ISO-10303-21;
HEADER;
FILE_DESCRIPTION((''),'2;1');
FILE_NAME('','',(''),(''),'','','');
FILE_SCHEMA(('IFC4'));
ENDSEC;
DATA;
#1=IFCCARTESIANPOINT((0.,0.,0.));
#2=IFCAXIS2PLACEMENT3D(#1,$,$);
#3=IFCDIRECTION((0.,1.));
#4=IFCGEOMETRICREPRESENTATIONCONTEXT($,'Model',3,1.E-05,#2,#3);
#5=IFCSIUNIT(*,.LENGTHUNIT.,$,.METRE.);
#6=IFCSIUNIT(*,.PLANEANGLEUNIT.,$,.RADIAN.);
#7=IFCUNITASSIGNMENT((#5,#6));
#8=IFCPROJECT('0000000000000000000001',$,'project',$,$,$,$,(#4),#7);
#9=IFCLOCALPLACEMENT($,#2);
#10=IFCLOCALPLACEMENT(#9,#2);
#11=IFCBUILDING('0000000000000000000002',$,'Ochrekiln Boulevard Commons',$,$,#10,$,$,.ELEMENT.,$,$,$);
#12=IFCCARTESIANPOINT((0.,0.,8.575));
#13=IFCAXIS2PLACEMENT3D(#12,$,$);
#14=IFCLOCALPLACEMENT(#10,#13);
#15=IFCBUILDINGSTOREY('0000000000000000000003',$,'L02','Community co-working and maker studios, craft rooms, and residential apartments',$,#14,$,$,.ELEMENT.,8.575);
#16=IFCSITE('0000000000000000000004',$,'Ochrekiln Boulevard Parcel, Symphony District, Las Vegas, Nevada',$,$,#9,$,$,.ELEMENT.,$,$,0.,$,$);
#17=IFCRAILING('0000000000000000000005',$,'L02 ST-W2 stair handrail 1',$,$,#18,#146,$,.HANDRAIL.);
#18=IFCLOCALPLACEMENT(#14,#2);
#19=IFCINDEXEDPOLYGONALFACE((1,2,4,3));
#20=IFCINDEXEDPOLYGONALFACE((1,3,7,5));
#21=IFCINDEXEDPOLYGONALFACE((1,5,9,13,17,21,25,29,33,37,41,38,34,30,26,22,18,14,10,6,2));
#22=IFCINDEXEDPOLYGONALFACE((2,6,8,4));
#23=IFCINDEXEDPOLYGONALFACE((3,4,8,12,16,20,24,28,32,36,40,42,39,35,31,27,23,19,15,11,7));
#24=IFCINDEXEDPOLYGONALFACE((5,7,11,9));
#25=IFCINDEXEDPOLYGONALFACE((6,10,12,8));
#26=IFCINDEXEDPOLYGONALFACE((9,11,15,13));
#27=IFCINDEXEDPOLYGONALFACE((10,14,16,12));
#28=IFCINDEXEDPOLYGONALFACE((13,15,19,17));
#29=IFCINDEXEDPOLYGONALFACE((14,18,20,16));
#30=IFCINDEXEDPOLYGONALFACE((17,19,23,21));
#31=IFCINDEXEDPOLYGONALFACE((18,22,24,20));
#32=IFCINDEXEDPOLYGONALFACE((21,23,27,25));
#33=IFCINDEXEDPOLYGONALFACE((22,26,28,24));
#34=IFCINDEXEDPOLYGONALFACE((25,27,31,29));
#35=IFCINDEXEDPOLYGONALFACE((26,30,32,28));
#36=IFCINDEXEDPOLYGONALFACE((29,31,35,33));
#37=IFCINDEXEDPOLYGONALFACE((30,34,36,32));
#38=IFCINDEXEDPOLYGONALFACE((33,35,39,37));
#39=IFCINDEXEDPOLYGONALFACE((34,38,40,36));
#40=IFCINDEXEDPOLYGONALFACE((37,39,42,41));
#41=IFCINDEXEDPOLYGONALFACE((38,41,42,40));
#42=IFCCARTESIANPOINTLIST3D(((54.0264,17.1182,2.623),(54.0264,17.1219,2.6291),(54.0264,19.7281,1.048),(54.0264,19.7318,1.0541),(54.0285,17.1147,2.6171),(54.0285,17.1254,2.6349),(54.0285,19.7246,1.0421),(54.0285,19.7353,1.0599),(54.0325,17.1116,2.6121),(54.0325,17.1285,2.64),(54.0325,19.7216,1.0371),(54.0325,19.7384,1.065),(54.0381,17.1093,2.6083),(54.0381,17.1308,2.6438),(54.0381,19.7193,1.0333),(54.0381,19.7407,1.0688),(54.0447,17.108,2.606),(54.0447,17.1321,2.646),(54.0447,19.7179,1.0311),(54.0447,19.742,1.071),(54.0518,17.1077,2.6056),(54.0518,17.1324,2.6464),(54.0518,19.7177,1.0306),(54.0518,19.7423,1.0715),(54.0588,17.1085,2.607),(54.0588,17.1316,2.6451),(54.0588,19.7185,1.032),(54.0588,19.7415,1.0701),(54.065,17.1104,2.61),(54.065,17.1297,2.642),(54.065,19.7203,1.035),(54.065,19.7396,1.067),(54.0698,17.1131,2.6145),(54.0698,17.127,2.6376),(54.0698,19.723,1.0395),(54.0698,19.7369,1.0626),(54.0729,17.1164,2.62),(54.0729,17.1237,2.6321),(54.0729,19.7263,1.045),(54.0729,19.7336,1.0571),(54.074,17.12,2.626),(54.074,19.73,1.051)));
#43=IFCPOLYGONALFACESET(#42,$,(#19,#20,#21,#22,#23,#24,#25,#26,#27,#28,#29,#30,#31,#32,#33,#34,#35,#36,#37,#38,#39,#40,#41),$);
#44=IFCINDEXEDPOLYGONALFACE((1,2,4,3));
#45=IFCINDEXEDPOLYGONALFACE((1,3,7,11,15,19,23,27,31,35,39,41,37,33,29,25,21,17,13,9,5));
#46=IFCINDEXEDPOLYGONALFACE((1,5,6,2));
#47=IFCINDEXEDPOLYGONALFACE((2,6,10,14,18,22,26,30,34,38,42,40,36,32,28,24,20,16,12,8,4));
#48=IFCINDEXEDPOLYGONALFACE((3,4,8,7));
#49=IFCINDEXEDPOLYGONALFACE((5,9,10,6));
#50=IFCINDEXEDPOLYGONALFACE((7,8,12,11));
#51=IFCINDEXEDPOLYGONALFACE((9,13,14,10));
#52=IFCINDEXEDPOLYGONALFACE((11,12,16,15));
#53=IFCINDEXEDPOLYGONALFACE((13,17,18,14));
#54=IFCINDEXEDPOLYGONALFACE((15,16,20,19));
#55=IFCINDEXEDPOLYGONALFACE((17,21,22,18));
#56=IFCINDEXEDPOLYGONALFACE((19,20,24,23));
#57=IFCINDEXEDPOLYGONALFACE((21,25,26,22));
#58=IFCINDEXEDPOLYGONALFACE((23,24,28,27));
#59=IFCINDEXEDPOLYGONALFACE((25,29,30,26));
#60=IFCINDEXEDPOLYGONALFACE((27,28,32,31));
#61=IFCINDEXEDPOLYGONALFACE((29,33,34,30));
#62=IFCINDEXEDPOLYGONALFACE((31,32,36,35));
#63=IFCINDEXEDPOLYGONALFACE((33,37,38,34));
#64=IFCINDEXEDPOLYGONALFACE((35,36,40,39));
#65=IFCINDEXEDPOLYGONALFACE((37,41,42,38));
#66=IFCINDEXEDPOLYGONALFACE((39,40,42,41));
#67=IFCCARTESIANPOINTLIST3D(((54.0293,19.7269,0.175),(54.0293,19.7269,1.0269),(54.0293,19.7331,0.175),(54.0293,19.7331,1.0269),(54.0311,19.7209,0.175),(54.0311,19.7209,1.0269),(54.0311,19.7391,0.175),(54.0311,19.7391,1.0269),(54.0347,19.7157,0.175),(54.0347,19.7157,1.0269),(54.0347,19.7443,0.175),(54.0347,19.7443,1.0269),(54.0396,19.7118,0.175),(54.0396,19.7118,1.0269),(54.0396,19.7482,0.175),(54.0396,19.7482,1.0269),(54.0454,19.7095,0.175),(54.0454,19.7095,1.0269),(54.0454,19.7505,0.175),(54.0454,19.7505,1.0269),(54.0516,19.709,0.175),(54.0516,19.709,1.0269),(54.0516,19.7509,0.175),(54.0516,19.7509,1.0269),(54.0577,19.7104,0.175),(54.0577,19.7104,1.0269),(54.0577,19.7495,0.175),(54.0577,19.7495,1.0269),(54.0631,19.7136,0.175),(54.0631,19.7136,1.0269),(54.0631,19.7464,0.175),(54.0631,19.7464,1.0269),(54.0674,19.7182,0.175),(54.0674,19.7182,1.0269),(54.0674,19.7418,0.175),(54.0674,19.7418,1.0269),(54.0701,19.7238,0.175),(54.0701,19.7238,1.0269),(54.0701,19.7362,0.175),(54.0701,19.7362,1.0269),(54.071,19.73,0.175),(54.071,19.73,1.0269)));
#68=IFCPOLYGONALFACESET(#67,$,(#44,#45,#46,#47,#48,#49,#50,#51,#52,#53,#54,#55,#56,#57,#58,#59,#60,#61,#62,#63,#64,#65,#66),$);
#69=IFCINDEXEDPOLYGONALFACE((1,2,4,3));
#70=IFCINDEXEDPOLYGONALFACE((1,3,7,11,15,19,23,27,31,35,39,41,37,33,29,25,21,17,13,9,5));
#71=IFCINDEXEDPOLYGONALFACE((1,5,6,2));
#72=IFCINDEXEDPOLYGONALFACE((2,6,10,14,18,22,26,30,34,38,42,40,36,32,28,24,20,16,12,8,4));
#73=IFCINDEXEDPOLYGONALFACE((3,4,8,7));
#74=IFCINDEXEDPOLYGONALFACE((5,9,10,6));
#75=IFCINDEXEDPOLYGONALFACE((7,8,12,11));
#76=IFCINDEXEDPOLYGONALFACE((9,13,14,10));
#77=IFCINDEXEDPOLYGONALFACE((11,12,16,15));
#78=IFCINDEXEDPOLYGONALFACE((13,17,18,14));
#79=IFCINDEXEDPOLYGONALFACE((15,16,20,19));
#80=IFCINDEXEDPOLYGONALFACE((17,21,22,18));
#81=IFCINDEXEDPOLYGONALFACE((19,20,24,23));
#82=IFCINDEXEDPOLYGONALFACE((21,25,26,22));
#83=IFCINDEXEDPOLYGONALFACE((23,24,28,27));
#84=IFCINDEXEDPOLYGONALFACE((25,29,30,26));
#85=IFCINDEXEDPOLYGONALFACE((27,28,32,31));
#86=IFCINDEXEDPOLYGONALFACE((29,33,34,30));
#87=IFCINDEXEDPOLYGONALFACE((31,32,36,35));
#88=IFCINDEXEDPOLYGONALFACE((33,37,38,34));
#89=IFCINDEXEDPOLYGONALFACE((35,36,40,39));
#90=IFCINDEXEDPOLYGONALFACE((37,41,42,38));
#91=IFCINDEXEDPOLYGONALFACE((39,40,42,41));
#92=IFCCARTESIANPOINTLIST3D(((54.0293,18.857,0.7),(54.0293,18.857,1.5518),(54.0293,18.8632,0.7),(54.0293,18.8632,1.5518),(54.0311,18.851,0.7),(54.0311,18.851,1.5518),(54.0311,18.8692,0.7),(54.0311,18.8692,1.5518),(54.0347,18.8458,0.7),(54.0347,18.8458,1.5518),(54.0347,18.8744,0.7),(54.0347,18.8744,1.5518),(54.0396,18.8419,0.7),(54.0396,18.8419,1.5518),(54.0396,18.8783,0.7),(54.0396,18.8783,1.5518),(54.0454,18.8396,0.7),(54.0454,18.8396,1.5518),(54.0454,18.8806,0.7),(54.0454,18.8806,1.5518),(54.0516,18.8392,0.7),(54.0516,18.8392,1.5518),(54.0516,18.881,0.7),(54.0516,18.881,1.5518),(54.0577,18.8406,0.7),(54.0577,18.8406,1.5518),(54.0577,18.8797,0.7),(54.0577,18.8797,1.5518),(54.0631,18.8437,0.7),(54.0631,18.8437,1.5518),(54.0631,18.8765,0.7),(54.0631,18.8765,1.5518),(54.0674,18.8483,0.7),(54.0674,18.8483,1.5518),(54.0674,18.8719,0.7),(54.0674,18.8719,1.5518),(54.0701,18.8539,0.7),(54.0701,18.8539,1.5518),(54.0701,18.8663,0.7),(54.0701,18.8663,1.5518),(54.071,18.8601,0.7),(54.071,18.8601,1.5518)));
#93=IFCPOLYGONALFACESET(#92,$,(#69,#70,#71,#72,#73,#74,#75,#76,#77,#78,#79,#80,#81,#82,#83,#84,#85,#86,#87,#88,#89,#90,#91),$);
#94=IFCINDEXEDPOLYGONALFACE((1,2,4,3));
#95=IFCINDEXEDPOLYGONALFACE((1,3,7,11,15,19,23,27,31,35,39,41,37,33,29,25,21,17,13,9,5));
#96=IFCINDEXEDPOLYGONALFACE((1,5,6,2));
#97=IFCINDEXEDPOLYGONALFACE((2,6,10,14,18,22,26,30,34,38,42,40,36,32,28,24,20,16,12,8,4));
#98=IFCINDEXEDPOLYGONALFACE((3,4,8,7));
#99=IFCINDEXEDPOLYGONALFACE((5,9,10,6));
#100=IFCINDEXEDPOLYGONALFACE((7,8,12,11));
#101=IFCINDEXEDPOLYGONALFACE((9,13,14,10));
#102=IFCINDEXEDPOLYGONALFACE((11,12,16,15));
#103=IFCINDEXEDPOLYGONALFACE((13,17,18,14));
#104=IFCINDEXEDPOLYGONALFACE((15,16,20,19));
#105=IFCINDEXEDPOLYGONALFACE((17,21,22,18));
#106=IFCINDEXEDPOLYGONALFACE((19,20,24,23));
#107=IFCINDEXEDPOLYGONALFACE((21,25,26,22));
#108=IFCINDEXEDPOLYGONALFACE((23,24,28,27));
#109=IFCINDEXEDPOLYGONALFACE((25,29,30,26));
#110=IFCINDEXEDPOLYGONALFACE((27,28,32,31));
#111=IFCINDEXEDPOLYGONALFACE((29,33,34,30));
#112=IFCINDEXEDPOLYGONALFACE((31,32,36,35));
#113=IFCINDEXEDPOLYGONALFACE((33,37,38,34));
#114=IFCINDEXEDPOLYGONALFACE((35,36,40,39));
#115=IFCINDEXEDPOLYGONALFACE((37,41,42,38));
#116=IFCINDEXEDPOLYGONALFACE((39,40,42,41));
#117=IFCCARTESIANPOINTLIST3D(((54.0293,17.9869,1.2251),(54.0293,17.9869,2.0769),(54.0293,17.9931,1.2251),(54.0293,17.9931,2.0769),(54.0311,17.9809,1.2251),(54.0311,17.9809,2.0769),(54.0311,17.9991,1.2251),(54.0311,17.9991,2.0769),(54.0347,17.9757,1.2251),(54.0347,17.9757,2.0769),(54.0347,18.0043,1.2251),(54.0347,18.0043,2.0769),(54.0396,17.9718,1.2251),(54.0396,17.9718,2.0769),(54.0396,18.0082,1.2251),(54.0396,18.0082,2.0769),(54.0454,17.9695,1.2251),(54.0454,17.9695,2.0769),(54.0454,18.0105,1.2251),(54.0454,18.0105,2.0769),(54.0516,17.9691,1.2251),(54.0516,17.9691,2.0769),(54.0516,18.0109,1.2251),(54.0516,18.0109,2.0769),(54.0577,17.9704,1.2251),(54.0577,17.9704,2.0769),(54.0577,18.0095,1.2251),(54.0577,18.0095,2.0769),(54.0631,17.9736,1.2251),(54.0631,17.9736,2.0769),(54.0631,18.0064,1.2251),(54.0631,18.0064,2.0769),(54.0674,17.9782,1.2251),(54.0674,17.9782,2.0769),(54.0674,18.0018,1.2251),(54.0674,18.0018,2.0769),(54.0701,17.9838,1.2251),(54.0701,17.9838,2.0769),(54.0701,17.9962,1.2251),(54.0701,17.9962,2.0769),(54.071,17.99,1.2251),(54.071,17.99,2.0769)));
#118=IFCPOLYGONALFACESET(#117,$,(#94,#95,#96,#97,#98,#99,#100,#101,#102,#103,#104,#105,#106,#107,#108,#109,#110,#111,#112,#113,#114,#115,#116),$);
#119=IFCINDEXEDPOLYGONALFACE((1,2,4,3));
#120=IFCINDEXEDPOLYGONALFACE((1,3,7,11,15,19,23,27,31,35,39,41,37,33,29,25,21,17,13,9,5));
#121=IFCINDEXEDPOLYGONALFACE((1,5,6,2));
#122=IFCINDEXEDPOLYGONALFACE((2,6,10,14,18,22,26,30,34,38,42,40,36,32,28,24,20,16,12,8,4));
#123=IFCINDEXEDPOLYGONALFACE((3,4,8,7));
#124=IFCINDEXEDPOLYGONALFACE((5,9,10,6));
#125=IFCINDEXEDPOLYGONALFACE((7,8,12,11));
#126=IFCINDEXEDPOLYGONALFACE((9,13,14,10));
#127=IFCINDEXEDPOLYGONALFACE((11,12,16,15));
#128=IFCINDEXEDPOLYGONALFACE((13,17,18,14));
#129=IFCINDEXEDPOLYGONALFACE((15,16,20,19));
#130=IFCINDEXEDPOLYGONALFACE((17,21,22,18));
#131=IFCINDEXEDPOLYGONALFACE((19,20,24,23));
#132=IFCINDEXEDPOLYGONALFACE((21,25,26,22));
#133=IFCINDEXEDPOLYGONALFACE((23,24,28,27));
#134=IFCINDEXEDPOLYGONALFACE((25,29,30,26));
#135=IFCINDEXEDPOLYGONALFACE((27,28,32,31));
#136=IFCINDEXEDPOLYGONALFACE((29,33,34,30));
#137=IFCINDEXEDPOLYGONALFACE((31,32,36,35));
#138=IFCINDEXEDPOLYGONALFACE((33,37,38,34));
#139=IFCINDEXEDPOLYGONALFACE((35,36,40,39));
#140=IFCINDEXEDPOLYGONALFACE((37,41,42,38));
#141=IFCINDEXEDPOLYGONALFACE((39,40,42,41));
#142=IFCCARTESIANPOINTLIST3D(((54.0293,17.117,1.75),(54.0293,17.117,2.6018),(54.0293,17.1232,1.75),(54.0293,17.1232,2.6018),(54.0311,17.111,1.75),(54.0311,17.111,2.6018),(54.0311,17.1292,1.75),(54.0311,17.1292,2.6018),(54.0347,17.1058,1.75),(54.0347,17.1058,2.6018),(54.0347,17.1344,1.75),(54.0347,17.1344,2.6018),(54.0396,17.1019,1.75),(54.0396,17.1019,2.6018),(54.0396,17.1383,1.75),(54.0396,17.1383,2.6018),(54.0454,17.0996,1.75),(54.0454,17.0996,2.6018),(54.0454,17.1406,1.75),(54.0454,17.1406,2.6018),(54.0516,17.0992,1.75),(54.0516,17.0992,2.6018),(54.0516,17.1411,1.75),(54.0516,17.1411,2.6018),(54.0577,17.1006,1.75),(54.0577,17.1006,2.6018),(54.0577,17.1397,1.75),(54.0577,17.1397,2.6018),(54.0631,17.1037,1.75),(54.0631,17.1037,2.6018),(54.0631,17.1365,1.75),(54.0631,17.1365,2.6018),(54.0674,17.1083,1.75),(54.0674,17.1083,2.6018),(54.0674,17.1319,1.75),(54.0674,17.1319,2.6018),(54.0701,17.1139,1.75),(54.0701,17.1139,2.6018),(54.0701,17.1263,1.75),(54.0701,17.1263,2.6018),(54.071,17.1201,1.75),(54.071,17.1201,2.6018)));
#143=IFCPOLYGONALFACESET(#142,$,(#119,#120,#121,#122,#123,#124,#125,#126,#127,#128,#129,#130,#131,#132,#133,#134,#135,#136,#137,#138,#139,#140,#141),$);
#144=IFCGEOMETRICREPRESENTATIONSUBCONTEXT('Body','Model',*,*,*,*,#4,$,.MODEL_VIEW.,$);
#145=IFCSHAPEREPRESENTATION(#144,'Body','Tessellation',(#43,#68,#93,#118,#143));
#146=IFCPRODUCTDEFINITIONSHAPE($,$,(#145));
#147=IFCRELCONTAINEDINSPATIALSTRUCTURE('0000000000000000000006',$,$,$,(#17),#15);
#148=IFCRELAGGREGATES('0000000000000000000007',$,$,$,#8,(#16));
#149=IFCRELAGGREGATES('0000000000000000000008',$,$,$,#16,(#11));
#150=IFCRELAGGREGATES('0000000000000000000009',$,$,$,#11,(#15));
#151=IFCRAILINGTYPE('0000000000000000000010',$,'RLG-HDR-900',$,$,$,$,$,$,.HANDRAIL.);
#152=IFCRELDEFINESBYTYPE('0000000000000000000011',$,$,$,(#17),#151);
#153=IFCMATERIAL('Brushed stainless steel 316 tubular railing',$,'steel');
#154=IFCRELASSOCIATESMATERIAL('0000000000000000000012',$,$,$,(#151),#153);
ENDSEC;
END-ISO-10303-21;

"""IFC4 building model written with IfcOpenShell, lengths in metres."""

from ifc_helpers import new_model, si_unit, direction, frame, origin, origin_2d, place, context, subcontext, project, spatial, circle, extrude, material, type_object, element, save


model = new_model("IFC4")

# Units and contexts
model_context = context("Model", 3, precision=1e-05, world=origin(), true_north=direction((0.0, 1.0)))
body_context = subcontext(model_context, "Body", "Model", "MODEL_VIEW")
ifc_project = project(units=[si_unit("LENGTHUNIT", "METRE"), si_unit("PLANEANGLEUNIT", "RADIAN")], contexts=[model_context])

# Site, building, storey
site_placement = place(None, origin())
site = spatial("IfcSite", under=ifc_project, at=site_placement, Name="Ochrekiln Boulevard Parcel, Symphony District, Las Vegas, Nevada", CompositionType="ELEMENT", RefElevation=0.0)
building_placement = place(site_placement, origin())
building = spatial("IfcBuilding", under=site, at=building_placement, Name="Ochrekiln Boulevard Commons", CompositionType="ELEMENT")
storey_placement = place(building_placement, frame((0.0, 0.0, 8.575)))
storey = spatial("IfcBuildingStorey", under=building, at=storey_placement, Name="L02", Description="Community co-working and maker studios, craft rooms, and residential apartments", CompositionType="ELEMENT", Elevation=8.575)

# Railing
ifc_material_1 = material(Name="Brushed stainless steel 316 tubular railing", Category="steel")
railing_type_1 = type_object("IfcRailingType", Name="RLG-HDR-900", PredefinedType="HANDRAIL", material=ifc_material_1)
railing_1_placement = place(storey_placement, frame((54.05, 19.73, 0.175)))
element("IfcRailing", 1, at=railing_1_placement, inside=storey, type_object=railing_type_1, Name="L02 ST-W2 stair handrail 1", PredefinedType="HANDRAIL", context=body_context, shape_type="SweptSolid", body=[
    extrude(circle(Radius=0.0239, at=origin_2d()), frame((0.0, 0.0, 0.876), z_axis=(0.0, -0.856183, 0.516673), x_axis=(1.0, 0.0, 0.0)), (0.0, 0.0, 1.0), 3.0483),
    extrude(circle(Radius=0.021, at=origin_2d()), origin(), (0.0, 0.0, 1.0), 0.8518),
    extrude(circle(Radius=0.021, at=origin_2d()), frame((0.0, -0.8699, 0.5249)), (0.0, 0.0, 1.0), 0.8518),
    extrude(circle(Radius=0.021, at=origin_2d()), frame((0.0, -1.74, 1.05)), (0.0, 0.0, 1.0), 0.8518),
    extrude(circle(Radius=0.021, at=origin_2d()), frame((0.0, -2.6099, 1.575)), (0.0, 0.0, 1.0), 0.8518),
])

save(model, "model.ifc")
